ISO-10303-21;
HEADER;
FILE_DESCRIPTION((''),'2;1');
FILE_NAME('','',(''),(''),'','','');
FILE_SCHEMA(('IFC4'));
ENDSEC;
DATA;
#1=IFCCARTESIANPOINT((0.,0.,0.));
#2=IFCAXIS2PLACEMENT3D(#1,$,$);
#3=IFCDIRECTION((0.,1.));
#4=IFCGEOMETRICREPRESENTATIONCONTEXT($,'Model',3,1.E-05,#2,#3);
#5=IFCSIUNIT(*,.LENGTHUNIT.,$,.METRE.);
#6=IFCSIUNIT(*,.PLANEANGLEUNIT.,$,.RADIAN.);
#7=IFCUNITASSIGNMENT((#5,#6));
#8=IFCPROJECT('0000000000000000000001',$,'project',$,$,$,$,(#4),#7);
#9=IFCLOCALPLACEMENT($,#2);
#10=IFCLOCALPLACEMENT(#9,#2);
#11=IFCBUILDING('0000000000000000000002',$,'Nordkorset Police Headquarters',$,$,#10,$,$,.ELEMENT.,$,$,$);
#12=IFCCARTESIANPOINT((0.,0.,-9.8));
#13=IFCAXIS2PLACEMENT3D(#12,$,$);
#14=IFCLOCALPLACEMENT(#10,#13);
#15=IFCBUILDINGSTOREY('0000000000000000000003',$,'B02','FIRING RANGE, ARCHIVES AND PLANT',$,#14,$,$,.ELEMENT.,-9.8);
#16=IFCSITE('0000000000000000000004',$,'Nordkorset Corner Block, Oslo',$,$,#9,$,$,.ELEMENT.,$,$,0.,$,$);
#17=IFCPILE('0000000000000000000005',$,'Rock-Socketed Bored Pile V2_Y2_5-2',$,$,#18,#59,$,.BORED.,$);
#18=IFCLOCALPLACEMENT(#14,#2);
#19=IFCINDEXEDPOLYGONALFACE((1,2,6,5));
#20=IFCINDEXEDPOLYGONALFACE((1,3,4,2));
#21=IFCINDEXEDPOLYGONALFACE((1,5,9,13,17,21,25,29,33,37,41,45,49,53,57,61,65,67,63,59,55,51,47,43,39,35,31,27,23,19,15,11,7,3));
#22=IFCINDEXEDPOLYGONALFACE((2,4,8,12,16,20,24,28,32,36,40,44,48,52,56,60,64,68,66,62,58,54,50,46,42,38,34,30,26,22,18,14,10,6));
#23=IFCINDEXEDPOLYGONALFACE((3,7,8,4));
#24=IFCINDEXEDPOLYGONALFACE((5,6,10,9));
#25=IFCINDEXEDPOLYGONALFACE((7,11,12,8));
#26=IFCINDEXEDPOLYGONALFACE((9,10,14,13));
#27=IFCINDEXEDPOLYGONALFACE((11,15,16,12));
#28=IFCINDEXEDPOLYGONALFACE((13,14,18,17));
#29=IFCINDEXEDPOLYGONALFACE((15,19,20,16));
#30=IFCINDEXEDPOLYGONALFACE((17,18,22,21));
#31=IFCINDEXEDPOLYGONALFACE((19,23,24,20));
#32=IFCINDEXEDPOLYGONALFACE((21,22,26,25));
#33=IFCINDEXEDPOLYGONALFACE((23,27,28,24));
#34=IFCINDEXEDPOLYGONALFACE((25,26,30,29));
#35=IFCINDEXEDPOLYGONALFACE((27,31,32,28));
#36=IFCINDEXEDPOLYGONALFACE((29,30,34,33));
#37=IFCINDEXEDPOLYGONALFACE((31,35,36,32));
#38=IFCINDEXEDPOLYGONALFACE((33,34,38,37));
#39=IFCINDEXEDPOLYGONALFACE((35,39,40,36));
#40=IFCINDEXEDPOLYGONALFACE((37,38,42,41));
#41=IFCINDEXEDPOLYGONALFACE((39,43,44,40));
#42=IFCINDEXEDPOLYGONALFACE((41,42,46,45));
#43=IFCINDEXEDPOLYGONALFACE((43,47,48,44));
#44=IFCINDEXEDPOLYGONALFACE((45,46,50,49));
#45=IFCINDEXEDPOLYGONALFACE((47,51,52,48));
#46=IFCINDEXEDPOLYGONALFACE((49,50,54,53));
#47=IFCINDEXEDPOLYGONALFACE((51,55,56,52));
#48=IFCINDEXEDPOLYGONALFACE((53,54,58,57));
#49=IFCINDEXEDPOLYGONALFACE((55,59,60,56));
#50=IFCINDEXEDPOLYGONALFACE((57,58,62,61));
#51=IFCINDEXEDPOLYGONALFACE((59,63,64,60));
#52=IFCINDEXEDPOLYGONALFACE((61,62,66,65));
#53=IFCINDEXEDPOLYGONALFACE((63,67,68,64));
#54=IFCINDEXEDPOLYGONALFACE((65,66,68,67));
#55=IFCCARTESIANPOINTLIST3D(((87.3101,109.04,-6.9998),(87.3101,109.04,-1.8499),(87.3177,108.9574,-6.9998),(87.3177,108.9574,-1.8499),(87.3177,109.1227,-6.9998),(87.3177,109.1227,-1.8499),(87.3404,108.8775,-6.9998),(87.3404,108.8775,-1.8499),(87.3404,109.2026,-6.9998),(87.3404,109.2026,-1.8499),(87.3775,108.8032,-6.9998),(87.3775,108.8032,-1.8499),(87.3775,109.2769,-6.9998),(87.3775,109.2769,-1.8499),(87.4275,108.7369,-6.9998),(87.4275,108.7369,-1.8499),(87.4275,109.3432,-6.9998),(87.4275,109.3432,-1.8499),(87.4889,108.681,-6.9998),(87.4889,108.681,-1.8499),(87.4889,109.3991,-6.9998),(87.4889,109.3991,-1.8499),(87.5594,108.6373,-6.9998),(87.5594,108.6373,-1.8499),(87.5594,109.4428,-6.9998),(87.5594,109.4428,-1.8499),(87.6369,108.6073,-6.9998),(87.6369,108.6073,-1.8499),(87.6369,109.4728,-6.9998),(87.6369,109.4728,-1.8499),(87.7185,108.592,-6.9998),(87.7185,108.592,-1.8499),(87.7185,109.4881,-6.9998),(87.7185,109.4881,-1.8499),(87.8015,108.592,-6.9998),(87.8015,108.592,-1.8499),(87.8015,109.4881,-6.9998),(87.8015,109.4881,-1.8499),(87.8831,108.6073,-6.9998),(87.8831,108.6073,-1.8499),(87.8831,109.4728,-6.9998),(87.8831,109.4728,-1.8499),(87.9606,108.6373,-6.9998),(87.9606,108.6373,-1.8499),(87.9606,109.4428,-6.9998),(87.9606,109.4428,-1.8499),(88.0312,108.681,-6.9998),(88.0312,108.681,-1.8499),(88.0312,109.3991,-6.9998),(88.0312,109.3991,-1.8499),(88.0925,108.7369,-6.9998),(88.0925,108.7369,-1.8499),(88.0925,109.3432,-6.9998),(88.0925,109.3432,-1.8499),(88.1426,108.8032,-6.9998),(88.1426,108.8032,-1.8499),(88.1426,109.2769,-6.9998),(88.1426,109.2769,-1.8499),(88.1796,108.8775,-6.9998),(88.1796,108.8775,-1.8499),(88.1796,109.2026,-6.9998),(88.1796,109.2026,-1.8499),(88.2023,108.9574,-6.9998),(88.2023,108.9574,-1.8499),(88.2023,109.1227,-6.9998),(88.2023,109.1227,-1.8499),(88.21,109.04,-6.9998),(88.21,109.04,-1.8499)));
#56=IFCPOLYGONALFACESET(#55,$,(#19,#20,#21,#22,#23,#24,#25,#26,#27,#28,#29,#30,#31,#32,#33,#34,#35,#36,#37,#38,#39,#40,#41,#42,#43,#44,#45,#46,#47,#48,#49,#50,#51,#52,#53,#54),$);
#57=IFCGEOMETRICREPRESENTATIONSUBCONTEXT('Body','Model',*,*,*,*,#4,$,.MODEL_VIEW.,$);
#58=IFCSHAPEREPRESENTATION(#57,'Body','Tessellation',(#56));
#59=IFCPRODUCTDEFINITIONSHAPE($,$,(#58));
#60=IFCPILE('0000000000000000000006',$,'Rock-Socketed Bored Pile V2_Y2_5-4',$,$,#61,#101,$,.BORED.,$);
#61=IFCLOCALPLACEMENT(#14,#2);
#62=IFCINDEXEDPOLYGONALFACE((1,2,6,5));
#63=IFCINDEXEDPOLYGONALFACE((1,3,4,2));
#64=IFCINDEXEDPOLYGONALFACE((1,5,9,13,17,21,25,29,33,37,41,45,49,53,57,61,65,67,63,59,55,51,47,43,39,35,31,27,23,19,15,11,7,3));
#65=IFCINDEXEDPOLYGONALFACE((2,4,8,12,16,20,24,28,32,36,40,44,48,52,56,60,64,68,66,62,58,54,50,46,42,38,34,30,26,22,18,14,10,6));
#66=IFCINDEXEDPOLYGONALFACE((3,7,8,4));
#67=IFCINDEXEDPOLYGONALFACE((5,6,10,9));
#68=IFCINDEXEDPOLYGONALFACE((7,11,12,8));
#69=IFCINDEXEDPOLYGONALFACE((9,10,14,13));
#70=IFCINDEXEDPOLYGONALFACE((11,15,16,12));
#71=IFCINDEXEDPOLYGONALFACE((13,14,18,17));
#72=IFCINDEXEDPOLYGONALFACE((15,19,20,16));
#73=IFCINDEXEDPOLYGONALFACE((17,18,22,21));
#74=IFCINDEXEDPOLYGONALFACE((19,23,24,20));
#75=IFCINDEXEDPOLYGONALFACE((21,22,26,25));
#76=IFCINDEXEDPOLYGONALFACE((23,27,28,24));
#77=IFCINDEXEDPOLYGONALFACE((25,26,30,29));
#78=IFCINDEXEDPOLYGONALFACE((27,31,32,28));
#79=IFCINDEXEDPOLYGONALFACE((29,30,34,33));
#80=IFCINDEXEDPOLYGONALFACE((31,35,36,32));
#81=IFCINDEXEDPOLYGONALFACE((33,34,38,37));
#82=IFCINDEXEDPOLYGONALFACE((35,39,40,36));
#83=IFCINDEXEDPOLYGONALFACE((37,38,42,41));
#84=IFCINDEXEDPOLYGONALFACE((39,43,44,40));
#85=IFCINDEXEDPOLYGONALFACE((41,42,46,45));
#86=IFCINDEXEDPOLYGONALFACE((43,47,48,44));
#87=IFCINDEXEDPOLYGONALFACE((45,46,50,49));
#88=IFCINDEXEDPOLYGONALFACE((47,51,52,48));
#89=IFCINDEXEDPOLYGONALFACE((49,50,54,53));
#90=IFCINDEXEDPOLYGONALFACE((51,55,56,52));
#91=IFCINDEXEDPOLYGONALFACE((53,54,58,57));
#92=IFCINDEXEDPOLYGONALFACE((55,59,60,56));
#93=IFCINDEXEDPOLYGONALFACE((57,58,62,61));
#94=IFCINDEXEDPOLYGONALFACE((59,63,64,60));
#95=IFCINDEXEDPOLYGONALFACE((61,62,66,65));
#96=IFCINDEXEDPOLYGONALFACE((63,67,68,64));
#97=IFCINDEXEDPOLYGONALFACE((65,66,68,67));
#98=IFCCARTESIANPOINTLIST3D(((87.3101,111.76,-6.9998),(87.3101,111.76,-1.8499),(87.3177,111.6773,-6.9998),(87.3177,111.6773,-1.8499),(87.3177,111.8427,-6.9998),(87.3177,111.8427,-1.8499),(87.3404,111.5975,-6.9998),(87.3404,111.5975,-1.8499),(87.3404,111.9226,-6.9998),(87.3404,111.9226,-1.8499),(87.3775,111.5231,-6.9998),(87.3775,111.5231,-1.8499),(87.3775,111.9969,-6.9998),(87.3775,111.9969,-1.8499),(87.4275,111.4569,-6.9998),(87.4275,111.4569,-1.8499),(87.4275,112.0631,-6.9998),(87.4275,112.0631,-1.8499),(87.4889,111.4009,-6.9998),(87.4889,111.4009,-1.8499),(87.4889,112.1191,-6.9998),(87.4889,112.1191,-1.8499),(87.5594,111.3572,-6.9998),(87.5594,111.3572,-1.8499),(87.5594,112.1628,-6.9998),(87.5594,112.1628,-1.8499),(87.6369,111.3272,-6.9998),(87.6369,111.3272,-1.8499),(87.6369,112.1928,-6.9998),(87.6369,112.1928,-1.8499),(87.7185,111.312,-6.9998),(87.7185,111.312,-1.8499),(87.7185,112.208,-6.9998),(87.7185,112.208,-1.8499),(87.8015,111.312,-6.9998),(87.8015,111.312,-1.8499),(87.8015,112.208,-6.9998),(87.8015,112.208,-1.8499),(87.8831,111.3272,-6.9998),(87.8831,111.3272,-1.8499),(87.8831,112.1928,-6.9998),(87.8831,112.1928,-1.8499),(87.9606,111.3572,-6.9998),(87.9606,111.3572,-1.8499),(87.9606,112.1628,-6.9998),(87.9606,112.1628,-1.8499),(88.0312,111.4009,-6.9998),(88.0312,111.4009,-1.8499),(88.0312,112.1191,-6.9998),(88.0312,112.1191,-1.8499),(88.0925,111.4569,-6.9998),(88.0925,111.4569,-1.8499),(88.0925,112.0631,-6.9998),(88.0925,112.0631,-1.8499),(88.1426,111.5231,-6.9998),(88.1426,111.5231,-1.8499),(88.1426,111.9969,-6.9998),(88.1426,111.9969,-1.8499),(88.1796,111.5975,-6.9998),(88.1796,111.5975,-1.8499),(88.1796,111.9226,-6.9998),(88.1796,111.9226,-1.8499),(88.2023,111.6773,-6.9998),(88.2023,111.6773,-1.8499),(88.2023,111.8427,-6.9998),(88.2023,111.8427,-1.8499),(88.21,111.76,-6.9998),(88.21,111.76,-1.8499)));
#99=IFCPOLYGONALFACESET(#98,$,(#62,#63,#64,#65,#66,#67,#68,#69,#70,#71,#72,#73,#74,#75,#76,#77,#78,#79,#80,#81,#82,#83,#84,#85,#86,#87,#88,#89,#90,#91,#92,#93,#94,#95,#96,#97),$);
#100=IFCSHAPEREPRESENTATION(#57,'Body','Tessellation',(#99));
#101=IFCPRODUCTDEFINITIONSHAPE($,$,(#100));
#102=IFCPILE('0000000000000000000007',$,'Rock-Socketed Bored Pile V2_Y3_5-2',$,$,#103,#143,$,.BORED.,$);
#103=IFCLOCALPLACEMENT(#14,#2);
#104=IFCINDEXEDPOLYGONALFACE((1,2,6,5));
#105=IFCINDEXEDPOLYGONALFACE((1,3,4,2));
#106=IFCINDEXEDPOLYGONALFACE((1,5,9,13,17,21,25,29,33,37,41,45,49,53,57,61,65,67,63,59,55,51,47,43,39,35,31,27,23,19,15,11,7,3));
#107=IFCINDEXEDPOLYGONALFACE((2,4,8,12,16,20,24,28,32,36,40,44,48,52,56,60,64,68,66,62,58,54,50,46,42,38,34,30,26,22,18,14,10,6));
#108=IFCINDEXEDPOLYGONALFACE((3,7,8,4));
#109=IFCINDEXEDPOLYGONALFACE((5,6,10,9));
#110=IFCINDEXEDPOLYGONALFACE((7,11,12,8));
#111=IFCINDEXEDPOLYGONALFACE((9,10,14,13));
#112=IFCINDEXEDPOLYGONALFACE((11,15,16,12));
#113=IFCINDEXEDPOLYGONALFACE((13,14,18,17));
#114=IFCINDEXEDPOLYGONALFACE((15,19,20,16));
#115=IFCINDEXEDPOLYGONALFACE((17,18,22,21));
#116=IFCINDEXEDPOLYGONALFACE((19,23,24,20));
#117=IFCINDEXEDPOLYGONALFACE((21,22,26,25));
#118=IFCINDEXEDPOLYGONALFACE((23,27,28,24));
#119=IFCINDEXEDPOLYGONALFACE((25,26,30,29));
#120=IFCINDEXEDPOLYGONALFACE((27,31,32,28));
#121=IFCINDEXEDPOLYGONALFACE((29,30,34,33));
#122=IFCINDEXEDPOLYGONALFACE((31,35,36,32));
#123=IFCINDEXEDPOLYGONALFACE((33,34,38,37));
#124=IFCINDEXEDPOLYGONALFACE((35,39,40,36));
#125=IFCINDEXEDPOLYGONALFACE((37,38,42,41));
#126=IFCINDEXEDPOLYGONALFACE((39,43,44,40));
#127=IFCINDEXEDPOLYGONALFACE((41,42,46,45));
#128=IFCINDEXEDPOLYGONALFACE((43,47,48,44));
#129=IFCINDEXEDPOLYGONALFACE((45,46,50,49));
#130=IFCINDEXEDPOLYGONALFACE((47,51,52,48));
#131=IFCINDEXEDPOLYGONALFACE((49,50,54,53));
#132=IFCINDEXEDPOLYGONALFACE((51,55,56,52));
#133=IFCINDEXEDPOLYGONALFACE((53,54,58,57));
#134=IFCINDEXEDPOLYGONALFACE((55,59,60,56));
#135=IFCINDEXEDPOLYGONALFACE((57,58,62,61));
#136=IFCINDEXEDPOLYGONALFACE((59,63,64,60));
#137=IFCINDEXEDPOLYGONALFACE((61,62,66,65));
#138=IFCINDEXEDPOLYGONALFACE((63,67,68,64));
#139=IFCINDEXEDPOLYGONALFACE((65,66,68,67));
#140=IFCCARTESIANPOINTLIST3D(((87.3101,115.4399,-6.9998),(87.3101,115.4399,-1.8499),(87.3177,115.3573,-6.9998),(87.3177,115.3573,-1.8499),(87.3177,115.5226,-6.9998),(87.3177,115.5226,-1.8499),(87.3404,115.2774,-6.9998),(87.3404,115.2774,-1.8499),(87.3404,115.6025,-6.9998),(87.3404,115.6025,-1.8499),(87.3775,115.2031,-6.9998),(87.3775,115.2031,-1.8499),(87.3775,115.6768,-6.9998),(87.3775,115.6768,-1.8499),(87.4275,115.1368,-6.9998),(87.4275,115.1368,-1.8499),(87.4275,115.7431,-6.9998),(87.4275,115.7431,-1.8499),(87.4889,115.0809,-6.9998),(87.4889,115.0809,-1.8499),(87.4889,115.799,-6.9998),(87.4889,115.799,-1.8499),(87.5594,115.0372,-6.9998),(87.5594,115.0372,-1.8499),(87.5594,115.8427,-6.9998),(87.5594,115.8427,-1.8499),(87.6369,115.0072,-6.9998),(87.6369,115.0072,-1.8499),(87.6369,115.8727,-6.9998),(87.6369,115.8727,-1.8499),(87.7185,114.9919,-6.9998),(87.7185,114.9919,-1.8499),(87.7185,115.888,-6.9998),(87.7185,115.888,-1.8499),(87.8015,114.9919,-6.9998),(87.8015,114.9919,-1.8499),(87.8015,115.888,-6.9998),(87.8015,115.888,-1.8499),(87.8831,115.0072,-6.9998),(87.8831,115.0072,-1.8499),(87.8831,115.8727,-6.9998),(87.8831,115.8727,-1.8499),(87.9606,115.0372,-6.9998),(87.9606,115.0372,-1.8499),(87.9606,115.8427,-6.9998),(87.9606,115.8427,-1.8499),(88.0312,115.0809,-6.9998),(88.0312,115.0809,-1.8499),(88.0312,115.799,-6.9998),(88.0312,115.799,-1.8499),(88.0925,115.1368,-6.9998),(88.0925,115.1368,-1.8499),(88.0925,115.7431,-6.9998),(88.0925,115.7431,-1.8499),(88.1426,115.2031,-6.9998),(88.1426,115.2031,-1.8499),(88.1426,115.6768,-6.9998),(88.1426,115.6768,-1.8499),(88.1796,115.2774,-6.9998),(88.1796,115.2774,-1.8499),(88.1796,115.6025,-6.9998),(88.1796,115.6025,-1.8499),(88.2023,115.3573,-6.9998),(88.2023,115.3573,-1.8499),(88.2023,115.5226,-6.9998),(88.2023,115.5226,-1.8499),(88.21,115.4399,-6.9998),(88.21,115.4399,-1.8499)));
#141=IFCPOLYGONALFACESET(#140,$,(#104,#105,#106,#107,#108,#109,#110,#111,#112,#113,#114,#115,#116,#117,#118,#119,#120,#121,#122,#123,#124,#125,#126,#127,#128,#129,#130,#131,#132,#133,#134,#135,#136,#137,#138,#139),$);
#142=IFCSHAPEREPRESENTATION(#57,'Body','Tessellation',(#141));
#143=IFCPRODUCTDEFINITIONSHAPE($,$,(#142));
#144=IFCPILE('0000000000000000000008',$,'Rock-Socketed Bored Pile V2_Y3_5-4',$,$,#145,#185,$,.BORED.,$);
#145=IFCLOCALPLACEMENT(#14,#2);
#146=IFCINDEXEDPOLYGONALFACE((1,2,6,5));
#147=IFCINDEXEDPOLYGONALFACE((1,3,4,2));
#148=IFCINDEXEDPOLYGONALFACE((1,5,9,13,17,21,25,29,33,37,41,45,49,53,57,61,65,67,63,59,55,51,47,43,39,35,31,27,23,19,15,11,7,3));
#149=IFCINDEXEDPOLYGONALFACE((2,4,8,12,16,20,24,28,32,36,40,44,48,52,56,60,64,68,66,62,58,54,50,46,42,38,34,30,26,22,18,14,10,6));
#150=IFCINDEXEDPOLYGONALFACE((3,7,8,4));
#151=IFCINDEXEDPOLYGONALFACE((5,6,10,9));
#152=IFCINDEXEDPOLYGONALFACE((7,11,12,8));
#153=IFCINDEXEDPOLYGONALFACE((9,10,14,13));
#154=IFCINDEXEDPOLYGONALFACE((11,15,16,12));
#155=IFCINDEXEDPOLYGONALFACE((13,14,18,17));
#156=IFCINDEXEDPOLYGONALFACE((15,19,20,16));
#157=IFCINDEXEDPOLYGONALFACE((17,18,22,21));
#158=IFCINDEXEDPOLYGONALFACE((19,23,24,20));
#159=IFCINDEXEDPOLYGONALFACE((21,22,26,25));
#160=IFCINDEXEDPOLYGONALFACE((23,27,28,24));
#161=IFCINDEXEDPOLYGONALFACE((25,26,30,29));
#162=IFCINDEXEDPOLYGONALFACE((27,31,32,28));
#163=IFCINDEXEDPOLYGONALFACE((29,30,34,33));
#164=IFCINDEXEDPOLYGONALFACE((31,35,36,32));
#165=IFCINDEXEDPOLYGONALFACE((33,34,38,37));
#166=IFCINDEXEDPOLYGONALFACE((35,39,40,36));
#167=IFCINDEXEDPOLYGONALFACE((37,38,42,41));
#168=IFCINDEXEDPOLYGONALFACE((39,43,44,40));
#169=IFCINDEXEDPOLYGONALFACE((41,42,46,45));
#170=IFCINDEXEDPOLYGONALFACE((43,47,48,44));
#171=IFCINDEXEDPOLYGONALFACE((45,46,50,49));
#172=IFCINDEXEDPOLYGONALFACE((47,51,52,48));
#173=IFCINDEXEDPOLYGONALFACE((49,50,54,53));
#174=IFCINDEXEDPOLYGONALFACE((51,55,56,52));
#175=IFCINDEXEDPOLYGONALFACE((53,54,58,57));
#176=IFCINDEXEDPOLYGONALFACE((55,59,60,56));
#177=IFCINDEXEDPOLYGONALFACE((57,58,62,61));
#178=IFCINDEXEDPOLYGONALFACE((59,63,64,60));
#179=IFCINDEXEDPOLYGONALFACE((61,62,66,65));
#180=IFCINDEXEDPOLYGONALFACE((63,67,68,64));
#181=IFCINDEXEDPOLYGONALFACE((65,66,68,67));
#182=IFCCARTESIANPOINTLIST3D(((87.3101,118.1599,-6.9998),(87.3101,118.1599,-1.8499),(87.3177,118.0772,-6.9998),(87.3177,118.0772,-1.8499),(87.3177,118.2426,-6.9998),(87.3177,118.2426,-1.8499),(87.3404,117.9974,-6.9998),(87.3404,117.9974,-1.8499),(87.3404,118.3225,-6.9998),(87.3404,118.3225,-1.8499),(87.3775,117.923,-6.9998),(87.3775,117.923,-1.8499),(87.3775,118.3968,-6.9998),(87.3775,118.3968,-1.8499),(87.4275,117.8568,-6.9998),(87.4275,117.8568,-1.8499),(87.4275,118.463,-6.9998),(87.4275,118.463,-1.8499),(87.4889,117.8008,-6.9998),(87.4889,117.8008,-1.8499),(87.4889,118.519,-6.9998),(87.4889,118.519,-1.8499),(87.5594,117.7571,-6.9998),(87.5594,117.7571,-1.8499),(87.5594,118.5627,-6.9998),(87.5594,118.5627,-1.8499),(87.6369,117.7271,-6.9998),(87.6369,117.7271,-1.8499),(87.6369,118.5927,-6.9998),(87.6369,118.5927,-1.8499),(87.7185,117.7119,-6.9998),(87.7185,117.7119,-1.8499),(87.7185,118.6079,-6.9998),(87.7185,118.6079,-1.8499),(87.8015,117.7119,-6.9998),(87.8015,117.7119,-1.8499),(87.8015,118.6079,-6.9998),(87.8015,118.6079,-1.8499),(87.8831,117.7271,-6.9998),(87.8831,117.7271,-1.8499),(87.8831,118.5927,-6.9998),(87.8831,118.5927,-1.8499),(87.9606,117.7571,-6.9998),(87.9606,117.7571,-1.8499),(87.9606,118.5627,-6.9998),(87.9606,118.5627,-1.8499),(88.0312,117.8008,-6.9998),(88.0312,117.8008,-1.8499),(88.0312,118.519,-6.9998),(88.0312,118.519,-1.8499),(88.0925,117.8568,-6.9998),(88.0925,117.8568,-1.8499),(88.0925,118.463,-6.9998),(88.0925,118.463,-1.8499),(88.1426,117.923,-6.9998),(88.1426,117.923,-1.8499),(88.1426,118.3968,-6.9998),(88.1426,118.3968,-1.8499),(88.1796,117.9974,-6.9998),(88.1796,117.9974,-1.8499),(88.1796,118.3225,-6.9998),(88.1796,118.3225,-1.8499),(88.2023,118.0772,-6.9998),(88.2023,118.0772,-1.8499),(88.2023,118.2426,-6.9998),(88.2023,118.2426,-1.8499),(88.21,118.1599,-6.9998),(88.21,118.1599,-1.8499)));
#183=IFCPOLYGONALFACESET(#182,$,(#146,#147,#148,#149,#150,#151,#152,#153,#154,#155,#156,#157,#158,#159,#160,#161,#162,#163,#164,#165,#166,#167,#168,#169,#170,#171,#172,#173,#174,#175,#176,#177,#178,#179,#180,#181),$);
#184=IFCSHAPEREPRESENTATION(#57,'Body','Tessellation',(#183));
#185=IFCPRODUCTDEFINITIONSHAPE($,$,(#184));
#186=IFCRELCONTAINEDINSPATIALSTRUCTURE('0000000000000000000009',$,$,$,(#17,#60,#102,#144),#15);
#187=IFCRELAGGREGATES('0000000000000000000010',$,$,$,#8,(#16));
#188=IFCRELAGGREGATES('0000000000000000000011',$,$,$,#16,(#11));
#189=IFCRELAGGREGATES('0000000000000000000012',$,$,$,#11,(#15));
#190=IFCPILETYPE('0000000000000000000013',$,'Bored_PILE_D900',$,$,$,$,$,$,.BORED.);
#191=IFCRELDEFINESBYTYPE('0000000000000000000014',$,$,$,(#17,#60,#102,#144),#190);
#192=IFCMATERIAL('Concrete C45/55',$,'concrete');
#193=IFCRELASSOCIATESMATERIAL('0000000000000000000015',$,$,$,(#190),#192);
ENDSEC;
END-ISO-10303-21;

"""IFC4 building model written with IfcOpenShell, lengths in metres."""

from ifc_helpers import new_model, si_unit, direction, frame, origin, origin_2d, place, context, subcontext, project, spatial, circle, extrude, material, material_profile, profile_set, type_object, element, save


model = new_model("IFC4")

# Units and contexts
model_context = context("Model", 3, precision=1e-05, world=origin(), true_north=direction((0.0, 1.0)))
body_context = subcontext(model_context, "Body", "Model", "MODEL_VIEW")
ifc_project = project(units=[si_unit("LENGTHUNIT", "METRE"), si_unit("PLANEANGLEUNIT", "RADIAN")], contexts=[model_context])

# Site, building, storey
site_placement = place(None, origin())
site = spatial("IfcSite", under=ifc_project, at=site_placement, Name="Nordkorset Corner Block, Oslo", CompositionType="ELEMENT", RefElevation=0.0)
building_placement = place(site_placement, origin())
building = spatial("IfcBuilding", under=site, at=building_placement, Name="Nordkorset Police Headquarters", CompositionType="ELEMENT")
storey_placement = place(building_placement, frame((0.0, 0.0, -9.8)))
storey = spatial("IfcBuildingStorey", under=building, at=storey_placement, Name="B02", Description="FIRING RANGE, ARCHIVES AND PLANT", CompositionType="ELEMENT", Elevation=-9.8)

# Piles
ifc_material_1 = material(Name="Concrete C45/55", Category="concrete")
ifc_material_profile_1 = material_profile(ifc_material_1, circle(Radius=0.45, at=origin_2d()), Name="PILE D900")
ifc_profile_set_1 = profile_set([ifc_material_profile_1], Name="Concrete C45/55")
pile_type_1 = type_object("IfcPileType", Name="Bored_PILE_D900", PredefinedType="BORED", material=ifc_profile_set_1)
for number, where, z_axis, x_axis, name in (
    (1, (87.76, 109.04, -1.8499), (0.0, 0.0, -1.0), (1.0, 0.0, 0.0), "Rock-Socketed Bored Pile V2_Y2_5-2"),
    (2, (87.76, 111.76, -1.8499), (0.0, 0.0, -1.0), (1.0, 0.0, 0.0), "Rock-Socketed Bored Pile V2_Y2_5-4"),
    (3, (87.76, 115.4399, -1.8499), (0.0, 0.0, -1.0), (1.0, 0.0, 0.0), "Rock-Socketed Bored Pile V2_Y3_5-2"),
    (4, (87.76, 118.1599, -1.8499), (0.0, 0.0, -1.0), (1.0, 0.0, 0.0), "Rock-Socketed Bored Pile V2_Y3_5-4"),
):
    element("IfcPile", number, at=place(storey_placement, frame(where, z_axis=z_axis, x_axis=x_axis)), inside=storey, type_object=pile_type_1, Name=name, PredefinedType="BORED", context=body_context, shape_type="SweptSolid", body=[
        extrude(circle(Radius=0.45, at=origin_2d()), origin(), (0.0, 0.0, 1.0), 5.1499),
    ])

save(model, "model.ifc")
